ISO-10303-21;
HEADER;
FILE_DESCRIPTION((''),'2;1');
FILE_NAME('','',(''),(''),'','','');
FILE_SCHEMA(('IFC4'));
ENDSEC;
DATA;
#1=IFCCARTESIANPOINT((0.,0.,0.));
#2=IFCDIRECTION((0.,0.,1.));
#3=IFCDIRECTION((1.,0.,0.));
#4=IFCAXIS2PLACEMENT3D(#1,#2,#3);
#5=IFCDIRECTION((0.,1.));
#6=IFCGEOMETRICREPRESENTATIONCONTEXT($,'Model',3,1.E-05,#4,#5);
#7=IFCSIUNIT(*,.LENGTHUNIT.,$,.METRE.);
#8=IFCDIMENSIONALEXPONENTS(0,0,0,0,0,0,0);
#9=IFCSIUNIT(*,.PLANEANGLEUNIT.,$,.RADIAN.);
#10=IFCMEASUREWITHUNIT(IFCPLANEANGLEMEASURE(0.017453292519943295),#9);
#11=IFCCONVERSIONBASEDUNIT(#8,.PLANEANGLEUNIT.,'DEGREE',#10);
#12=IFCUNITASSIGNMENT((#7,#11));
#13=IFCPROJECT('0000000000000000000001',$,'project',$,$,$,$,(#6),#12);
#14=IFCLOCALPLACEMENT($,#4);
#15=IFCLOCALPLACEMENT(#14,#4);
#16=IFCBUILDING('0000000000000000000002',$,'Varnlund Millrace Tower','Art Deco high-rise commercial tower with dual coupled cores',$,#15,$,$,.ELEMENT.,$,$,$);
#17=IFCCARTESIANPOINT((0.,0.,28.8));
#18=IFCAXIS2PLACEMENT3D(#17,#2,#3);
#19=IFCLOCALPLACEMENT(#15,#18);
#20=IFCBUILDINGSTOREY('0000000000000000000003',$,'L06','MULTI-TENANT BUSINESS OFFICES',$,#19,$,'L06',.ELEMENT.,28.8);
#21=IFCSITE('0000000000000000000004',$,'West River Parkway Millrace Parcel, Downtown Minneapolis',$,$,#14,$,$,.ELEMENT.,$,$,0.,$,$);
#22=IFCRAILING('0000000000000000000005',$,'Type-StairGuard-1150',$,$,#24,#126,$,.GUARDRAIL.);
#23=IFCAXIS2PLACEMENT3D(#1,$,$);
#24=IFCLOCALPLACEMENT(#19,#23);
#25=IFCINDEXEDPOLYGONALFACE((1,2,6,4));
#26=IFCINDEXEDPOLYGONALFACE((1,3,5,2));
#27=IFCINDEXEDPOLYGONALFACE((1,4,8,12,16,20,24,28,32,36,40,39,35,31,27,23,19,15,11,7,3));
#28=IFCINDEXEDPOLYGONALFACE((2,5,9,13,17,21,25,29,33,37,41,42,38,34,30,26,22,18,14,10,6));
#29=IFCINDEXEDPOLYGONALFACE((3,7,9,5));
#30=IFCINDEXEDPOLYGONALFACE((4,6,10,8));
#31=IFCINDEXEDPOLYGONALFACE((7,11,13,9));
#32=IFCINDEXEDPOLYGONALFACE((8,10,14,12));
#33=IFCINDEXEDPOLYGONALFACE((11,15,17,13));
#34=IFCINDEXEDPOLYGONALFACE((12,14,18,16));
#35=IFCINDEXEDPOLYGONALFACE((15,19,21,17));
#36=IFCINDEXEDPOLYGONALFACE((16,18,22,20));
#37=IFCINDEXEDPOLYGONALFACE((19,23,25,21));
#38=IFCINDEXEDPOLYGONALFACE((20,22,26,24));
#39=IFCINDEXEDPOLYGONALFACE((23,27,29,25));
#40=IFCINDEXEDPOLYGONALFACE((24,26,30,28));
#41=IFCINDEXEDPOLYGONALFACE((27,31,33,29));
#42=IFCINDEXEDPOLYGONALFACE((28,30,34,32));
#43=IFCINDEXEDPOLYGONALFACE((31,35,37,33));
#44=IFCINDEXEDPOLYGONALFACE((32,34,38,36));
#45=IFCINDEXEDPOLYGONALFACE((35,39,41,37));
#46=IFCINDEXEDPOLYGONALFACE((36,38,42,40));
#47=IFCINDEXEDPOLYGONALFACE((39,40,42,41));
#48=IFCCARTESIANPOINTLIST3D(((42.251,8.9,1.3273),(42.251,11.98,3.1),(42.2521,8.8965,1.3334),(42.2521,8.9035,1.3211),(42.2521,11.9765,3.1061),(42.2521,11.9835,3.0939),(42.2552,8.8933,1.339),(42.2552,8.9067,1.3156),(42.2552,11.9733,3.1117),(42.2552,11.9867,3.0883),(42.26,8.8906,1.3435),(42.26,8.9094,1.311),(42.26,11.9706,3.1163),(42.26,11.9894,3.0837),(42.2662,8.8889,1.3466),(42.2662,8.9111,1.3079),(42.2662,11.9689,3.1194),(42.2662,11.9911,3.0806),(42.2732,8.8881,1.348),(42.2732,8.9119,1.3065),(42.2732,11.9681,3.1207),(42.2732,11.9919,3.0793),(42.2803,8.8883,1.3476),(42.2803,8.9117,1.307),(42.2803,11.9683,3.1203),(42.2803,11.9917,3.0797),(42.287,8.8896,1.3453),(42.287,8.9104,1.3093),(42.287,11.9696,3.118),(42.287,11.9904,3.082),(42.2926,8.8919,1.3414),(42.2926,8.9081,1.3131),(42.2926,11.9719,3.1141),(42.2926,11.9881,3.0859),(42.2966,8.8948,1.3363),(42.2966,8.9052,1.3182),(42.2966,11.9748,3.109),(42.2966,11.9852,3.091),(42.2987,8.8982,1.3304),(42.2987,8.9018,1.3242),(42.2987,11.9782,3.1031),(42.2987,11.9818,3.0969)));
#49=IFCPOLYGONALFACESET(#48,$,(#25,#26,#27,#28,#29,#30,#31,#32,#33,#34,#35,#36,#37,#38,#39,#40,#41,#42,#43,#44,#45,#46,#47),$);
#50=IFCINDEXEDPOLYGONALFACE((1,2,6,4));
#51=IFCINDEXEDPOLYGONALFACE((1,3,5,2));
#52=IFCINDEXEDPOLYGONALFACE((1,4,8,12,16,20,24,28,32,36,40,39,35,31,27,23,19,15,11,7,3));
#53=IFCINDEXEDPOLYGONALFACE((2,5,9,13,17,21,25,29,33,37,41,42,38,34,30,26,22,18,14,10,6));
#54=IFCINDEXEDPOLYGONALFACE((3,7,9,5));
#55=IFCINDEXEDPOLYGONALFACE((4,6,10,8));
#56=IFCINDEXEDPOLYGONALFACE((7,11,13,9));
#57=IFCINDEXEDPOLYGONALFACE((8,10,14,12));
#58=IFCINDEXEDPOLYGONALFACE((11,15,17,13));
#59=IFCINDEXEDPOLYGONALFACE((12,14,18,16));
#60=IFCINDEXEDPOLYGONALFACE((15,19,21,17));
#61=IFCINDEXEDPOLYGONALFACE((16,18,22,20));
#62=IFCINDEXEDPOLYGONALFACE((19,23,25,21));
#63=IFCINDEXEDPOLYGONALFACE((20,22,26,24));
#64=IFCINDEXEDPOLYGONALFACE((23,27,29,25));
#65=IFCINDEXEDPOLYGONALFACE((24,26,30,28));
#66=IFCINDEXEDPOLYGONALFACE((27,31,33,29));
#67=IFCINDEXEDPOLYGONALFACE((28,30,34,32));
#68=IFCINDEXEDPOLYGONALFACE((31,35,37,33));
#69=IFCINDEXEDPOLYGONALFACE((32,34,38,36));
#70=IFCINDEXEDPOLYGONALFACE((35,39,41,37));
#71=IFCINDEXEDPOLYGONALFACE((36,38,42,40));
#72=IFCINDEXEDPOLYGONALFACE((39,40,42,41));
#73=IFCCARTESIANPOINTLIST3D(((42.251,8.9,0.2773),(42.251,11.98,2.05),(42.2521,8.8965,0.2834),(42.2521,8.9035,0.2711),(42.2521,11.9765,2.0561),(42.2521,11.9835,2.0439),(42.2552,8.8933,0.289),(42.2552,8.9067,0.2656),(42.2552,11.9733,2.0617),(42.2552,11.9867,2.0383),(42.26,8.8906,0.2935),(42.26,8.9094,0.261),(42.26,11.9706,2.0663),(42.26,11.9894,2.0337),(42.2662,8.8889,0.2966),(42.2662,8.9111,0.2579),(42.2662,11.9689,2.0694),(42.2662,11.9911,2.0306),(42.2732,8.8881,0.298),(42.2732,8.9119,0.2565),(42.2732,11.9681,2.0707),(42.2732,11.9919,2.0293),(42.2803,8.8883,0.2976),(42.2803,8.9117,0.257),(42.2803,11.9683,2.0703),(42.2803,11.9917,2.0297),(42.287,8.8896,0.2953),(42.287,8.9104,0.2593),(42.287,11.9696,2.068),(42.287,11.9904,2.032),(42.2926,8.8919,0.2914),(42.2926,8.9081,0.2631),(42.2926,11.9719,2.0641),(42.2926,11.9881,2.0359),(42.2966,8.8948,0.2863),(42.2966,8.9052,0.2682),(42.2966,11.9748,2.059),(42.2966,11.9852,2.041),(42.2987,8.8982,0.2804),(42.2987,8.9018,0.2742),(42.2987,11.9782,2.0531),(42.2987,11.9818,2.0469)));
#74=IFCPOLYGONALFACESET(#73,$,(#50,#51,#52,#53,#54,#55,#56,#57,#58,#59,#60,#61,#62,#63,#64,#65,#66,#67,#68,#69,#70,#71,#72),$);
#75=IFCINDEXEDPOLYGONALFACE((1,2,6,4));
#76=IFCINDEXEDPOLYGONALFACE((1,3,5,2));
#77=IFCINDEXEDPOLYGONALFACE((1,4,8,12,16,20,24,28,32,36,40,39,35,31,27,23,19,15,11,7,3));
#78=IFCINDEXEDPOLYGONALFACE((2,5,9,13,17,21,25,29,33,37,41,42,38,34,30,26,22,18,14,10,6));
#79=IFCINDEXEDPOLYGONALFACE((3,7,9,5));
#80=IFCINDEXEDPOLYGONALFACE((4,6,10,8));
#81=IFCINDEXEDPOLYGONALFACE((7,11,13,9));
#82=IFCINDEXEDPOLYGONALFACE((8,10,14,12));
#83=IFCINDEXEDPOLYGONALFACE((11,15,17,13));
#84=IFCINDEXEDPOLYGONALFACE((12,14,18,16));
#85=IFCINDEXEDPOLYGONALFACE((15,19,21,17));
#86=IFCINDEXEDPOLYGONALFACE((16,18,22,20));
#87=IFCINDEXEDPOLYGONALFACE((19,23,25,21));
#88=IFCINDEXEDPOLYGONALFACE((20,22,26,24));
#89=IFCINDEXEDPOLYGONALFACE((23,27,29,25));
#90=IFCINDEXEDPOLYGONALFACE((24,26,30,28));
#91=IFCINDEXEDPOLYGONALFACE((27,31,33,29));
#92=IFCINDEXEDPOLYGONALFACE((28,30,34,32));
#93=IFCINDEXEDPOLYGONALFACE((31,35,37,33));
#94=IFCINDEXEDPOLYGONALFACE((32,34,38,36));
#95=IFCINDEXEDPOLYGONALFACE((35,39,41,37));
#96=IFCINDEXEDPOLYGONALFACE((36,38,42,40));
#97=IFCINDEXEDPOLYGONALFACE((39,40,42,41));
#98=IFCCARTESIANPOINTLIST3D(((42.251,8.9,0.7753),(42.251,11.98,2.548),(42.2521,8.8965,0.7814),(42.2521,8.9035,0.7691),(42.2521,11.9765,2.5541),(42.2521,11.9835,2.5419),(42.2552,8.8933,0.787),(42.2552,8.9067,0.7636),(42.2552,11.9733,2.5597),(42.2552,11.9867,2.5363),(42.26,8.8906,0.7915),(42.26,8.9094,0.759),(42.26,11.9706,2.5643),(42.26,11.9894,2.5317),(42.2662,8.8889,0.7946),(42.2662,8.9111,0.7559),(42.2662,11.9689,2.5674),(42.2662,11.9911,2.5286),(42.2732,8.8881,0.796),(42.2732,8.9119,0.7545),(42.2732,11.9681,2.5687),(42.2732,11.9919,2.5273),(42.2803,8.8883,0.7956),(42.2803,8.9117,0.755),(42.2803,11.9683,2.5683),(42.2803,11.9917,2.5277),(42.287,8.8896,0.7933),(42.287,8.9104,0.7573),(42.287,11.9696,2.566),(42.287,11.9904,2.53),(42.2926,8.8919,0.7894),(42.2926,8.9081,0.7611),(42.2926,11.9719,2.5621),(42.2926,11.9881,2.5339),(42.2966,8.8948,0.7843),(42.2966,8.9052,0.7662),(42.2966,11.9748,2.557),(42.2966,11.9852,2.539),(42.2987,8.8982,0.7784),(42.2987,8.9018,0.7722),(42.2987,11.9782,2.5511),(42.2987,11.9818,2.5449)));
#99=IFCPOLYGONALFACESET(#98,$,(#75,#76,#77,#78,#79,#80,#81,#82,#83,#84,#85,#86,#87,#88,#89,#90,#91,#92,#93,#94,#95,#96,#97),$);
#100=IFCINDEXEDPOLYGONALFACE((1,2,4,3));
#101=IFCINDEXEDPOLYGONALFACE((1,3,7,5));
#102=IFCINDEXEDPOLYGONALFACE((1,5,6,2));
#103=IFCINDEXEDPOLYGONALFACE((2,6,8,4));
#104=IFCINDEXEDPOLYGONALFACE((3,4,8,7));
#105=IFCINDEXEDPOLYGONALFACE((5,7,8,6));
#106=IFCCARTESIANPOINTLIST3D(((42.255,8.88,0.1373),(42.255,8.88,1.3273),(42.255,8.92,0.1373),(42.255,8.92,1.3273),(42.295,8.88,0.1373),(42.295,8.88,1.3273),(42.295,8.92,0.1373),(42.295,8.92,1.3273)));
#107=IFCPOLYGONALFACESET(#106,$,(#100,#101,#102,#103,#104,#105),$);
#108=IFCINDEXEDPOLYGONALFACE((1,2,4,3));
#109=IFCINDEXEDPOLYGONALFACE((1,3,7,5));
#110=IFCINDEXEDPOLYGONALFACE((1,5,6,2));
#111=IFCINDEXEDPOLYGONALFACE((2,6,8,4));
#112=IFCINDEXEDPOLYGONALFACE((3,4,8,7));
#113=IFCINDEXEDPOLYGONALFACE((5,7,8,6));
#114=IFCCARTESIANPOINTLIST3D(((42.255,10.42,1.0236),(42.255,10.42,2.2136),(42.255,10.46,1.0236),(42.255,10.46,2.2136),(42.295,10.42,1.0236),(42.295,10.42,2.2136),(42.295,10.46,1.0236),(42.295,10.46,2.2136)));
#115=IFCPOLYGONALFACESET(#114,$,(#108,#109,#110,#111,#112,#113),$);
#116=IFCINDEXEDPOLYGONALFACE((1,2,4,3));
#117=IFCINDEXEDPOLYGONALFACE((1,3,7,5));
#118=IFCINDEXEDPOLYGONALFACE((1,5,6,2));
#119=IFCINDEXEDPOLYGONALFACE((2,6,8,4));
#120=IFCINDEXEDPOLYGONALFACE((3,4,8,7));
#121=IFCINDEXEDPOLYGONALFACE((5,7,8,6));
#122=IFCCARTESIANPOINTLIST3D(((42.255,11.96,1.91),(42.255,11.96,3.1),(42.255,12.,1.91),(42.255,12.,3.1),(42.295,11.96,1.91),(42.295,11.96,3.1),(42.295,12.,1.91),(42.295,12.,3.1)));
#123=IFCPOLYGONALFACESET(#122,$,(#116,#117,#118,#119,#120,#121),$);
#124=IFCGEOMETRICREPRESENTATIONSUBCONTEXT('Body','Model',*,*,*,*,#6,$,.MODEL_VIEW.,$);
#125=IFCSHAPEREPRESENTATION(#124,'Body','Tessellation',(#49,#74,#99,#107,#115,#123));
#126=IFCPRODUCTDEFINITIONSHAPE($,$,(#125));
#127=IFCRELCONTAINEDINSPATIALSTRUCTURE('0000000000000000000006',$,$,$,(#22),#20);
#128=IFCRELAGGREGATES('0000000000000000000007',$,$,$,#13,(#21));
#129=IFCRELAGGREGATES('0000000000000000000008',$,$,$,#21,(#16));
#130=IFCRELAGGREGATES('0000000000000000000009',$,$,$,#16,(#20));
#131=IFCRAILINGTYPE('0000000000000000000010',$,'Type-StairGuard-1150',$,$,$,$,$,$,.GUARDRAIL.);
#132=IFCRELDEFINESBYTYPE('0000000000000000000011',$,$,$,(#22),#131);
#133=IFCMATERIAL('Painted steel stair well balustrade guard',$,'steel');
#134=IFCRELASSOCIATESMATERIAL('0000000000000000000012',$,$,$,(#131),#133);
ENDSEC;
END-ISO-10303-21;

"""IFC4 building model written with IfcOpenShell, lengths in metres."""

from ifc_helpers import new_model, entity, si_unit, converted_unit, direction, frame, origin_with_axes, origin_2d_with_axis, place, context, subcontext, project, spatial, rectangle, circle, extrude, material, type_object, element, save


model = new_model("IFC4")

# Units and contexts
model_context = context("Model", 3, precision=1e-05, world=origin_with_axes(), true_north=direction((0.0, 1.0)))
body_context = subcontext(model_context, "Body", "Model", "MODEL_VIEW")
ifc_project = project(units=[si_unit("LENGTHUNIT", "METRE"), converted_unit("PLANEANGLEUNIT", "DEGREE", entity("IfcPlaneAngleMeasure", 0.017453292519943295), si_unit("PLANEANGLEUNIT", "RADIAN"), dimensions=[0, 0, 0, 0, 0, 0, 0])], contexts=[model_context])

# Site, building, storey
site_placement = place(None, origin_with_axes())
site = spatial("IfcSite", under=ifc_project, at=site_placement, Name="West River Parkway Millrace Parcel, Downtown Minneapolis", CompositionType="ELEMENT", RefElevation=0.0)
building_placement = place(site_placement, origin_with_axes())
building = spatial("IfcBuilding", under=site, at=building_placement, Name="Varnlund Millrace Tower", Description="Art Deco high-rise commercial tower with dual coupled cores", CompositionType="ELEMENT")
storey_placement = place(building_placement, frame((0.0, 0.0, 28.8), z_axis=(0.0, 0.0, 1.0), x_axis=(1.0, 0.0, 0.0)))
storey = spatial("IfcBuildingStorey", under=building, at=storey_placement, Name="L06", Description="MULTI-TENANT BUSINESS OFFICES", LongName="L06", CompositionType="ELEMENT", Elevation=28.8)

# Railing
ifc_material_1 = material(Name="Painted steel stair well balustrade guard", Category="steel")
railing_type_1 = type_object("IfcRailingType", Name="Type-StairGuard-1150", PredefinedType="GUARDRAIL", material=ifc_material_1)
railing_1_placement = place(storey_placement, frame((0.0, 0.0, -28.8), z_axis=(0.0, 0.0, 1.0), x_axis=(1.0, 0.0, 0.0)))
element("IfcRailing", 1, at=railing_1_placement, inside=storey, type_object=railing_type_1, Name="Type-StairGuard-1150", PredefinedType="GUARDRAIL", context=body_context, shape_type="SweptSolid", body=[
    extrude(circle(Radius=0.024, at=origin_2d_with_axis()), frame((42.275, 8.9, 30.1273), z_axis=(0.0, 0.866696, 0.498836), x_axis=(-1.0, 0.0, 0.0)), (0.0, 0.0, 1.0), 3.5537),
    extrude(circle(Radius=0.024, at=origin_2d_with_axis()), frame((42.275, 8.9, 29.0773), z_axis=(0.0, 0.866696, 0.498836), x_axis=(-1.0, 0.0, 0.0)), (0.0, 0.0, 1.0), 3.5537),
    extrude(circle(Radius=0.024, at=origin_2d_with_axis()), frame((42.275, 8.9, 29.5753), z_axis=(0.0, 0.866696, 0.498836), x_axis=(-1.0, 0.0, 0.0)), (0.0, 0.0, 1.0), 3.5537),
    extrude(rectangle(XDim=0.04, YDim=0.04, at=origin_2d_with_axis()), frame((42.275, 8.9, 28.9373), z_axis=(0.0, 0.0, 1.0), x_axis=(1.0, 0.0, 0.0)), (0.0, 0.0, 1.0), 1.19),
    extrude(rectangle(XDim=0.04, YDim=0.04, at=origin_2d_with_axis()), frame((42.275, 10.44, 29.8236), z_axis=(0.0, 0.0, 1.0), x_axis=(1.0, 0.0, 0.0)), (0.0, 0.0, 1.0), 1.19),
    extrude(rectangle(XDim=0.04, YDim=0.04, at=origin_2d_with_axis()), frame((42.275, 11.98, 30.71), z_axis=(0.0, 0.0, 1.0), x_axis=(1.0, 0.0, 0.0)), (0.0, 0.0, 1.0), 1.19),
])

save(model, "model.ifc")
